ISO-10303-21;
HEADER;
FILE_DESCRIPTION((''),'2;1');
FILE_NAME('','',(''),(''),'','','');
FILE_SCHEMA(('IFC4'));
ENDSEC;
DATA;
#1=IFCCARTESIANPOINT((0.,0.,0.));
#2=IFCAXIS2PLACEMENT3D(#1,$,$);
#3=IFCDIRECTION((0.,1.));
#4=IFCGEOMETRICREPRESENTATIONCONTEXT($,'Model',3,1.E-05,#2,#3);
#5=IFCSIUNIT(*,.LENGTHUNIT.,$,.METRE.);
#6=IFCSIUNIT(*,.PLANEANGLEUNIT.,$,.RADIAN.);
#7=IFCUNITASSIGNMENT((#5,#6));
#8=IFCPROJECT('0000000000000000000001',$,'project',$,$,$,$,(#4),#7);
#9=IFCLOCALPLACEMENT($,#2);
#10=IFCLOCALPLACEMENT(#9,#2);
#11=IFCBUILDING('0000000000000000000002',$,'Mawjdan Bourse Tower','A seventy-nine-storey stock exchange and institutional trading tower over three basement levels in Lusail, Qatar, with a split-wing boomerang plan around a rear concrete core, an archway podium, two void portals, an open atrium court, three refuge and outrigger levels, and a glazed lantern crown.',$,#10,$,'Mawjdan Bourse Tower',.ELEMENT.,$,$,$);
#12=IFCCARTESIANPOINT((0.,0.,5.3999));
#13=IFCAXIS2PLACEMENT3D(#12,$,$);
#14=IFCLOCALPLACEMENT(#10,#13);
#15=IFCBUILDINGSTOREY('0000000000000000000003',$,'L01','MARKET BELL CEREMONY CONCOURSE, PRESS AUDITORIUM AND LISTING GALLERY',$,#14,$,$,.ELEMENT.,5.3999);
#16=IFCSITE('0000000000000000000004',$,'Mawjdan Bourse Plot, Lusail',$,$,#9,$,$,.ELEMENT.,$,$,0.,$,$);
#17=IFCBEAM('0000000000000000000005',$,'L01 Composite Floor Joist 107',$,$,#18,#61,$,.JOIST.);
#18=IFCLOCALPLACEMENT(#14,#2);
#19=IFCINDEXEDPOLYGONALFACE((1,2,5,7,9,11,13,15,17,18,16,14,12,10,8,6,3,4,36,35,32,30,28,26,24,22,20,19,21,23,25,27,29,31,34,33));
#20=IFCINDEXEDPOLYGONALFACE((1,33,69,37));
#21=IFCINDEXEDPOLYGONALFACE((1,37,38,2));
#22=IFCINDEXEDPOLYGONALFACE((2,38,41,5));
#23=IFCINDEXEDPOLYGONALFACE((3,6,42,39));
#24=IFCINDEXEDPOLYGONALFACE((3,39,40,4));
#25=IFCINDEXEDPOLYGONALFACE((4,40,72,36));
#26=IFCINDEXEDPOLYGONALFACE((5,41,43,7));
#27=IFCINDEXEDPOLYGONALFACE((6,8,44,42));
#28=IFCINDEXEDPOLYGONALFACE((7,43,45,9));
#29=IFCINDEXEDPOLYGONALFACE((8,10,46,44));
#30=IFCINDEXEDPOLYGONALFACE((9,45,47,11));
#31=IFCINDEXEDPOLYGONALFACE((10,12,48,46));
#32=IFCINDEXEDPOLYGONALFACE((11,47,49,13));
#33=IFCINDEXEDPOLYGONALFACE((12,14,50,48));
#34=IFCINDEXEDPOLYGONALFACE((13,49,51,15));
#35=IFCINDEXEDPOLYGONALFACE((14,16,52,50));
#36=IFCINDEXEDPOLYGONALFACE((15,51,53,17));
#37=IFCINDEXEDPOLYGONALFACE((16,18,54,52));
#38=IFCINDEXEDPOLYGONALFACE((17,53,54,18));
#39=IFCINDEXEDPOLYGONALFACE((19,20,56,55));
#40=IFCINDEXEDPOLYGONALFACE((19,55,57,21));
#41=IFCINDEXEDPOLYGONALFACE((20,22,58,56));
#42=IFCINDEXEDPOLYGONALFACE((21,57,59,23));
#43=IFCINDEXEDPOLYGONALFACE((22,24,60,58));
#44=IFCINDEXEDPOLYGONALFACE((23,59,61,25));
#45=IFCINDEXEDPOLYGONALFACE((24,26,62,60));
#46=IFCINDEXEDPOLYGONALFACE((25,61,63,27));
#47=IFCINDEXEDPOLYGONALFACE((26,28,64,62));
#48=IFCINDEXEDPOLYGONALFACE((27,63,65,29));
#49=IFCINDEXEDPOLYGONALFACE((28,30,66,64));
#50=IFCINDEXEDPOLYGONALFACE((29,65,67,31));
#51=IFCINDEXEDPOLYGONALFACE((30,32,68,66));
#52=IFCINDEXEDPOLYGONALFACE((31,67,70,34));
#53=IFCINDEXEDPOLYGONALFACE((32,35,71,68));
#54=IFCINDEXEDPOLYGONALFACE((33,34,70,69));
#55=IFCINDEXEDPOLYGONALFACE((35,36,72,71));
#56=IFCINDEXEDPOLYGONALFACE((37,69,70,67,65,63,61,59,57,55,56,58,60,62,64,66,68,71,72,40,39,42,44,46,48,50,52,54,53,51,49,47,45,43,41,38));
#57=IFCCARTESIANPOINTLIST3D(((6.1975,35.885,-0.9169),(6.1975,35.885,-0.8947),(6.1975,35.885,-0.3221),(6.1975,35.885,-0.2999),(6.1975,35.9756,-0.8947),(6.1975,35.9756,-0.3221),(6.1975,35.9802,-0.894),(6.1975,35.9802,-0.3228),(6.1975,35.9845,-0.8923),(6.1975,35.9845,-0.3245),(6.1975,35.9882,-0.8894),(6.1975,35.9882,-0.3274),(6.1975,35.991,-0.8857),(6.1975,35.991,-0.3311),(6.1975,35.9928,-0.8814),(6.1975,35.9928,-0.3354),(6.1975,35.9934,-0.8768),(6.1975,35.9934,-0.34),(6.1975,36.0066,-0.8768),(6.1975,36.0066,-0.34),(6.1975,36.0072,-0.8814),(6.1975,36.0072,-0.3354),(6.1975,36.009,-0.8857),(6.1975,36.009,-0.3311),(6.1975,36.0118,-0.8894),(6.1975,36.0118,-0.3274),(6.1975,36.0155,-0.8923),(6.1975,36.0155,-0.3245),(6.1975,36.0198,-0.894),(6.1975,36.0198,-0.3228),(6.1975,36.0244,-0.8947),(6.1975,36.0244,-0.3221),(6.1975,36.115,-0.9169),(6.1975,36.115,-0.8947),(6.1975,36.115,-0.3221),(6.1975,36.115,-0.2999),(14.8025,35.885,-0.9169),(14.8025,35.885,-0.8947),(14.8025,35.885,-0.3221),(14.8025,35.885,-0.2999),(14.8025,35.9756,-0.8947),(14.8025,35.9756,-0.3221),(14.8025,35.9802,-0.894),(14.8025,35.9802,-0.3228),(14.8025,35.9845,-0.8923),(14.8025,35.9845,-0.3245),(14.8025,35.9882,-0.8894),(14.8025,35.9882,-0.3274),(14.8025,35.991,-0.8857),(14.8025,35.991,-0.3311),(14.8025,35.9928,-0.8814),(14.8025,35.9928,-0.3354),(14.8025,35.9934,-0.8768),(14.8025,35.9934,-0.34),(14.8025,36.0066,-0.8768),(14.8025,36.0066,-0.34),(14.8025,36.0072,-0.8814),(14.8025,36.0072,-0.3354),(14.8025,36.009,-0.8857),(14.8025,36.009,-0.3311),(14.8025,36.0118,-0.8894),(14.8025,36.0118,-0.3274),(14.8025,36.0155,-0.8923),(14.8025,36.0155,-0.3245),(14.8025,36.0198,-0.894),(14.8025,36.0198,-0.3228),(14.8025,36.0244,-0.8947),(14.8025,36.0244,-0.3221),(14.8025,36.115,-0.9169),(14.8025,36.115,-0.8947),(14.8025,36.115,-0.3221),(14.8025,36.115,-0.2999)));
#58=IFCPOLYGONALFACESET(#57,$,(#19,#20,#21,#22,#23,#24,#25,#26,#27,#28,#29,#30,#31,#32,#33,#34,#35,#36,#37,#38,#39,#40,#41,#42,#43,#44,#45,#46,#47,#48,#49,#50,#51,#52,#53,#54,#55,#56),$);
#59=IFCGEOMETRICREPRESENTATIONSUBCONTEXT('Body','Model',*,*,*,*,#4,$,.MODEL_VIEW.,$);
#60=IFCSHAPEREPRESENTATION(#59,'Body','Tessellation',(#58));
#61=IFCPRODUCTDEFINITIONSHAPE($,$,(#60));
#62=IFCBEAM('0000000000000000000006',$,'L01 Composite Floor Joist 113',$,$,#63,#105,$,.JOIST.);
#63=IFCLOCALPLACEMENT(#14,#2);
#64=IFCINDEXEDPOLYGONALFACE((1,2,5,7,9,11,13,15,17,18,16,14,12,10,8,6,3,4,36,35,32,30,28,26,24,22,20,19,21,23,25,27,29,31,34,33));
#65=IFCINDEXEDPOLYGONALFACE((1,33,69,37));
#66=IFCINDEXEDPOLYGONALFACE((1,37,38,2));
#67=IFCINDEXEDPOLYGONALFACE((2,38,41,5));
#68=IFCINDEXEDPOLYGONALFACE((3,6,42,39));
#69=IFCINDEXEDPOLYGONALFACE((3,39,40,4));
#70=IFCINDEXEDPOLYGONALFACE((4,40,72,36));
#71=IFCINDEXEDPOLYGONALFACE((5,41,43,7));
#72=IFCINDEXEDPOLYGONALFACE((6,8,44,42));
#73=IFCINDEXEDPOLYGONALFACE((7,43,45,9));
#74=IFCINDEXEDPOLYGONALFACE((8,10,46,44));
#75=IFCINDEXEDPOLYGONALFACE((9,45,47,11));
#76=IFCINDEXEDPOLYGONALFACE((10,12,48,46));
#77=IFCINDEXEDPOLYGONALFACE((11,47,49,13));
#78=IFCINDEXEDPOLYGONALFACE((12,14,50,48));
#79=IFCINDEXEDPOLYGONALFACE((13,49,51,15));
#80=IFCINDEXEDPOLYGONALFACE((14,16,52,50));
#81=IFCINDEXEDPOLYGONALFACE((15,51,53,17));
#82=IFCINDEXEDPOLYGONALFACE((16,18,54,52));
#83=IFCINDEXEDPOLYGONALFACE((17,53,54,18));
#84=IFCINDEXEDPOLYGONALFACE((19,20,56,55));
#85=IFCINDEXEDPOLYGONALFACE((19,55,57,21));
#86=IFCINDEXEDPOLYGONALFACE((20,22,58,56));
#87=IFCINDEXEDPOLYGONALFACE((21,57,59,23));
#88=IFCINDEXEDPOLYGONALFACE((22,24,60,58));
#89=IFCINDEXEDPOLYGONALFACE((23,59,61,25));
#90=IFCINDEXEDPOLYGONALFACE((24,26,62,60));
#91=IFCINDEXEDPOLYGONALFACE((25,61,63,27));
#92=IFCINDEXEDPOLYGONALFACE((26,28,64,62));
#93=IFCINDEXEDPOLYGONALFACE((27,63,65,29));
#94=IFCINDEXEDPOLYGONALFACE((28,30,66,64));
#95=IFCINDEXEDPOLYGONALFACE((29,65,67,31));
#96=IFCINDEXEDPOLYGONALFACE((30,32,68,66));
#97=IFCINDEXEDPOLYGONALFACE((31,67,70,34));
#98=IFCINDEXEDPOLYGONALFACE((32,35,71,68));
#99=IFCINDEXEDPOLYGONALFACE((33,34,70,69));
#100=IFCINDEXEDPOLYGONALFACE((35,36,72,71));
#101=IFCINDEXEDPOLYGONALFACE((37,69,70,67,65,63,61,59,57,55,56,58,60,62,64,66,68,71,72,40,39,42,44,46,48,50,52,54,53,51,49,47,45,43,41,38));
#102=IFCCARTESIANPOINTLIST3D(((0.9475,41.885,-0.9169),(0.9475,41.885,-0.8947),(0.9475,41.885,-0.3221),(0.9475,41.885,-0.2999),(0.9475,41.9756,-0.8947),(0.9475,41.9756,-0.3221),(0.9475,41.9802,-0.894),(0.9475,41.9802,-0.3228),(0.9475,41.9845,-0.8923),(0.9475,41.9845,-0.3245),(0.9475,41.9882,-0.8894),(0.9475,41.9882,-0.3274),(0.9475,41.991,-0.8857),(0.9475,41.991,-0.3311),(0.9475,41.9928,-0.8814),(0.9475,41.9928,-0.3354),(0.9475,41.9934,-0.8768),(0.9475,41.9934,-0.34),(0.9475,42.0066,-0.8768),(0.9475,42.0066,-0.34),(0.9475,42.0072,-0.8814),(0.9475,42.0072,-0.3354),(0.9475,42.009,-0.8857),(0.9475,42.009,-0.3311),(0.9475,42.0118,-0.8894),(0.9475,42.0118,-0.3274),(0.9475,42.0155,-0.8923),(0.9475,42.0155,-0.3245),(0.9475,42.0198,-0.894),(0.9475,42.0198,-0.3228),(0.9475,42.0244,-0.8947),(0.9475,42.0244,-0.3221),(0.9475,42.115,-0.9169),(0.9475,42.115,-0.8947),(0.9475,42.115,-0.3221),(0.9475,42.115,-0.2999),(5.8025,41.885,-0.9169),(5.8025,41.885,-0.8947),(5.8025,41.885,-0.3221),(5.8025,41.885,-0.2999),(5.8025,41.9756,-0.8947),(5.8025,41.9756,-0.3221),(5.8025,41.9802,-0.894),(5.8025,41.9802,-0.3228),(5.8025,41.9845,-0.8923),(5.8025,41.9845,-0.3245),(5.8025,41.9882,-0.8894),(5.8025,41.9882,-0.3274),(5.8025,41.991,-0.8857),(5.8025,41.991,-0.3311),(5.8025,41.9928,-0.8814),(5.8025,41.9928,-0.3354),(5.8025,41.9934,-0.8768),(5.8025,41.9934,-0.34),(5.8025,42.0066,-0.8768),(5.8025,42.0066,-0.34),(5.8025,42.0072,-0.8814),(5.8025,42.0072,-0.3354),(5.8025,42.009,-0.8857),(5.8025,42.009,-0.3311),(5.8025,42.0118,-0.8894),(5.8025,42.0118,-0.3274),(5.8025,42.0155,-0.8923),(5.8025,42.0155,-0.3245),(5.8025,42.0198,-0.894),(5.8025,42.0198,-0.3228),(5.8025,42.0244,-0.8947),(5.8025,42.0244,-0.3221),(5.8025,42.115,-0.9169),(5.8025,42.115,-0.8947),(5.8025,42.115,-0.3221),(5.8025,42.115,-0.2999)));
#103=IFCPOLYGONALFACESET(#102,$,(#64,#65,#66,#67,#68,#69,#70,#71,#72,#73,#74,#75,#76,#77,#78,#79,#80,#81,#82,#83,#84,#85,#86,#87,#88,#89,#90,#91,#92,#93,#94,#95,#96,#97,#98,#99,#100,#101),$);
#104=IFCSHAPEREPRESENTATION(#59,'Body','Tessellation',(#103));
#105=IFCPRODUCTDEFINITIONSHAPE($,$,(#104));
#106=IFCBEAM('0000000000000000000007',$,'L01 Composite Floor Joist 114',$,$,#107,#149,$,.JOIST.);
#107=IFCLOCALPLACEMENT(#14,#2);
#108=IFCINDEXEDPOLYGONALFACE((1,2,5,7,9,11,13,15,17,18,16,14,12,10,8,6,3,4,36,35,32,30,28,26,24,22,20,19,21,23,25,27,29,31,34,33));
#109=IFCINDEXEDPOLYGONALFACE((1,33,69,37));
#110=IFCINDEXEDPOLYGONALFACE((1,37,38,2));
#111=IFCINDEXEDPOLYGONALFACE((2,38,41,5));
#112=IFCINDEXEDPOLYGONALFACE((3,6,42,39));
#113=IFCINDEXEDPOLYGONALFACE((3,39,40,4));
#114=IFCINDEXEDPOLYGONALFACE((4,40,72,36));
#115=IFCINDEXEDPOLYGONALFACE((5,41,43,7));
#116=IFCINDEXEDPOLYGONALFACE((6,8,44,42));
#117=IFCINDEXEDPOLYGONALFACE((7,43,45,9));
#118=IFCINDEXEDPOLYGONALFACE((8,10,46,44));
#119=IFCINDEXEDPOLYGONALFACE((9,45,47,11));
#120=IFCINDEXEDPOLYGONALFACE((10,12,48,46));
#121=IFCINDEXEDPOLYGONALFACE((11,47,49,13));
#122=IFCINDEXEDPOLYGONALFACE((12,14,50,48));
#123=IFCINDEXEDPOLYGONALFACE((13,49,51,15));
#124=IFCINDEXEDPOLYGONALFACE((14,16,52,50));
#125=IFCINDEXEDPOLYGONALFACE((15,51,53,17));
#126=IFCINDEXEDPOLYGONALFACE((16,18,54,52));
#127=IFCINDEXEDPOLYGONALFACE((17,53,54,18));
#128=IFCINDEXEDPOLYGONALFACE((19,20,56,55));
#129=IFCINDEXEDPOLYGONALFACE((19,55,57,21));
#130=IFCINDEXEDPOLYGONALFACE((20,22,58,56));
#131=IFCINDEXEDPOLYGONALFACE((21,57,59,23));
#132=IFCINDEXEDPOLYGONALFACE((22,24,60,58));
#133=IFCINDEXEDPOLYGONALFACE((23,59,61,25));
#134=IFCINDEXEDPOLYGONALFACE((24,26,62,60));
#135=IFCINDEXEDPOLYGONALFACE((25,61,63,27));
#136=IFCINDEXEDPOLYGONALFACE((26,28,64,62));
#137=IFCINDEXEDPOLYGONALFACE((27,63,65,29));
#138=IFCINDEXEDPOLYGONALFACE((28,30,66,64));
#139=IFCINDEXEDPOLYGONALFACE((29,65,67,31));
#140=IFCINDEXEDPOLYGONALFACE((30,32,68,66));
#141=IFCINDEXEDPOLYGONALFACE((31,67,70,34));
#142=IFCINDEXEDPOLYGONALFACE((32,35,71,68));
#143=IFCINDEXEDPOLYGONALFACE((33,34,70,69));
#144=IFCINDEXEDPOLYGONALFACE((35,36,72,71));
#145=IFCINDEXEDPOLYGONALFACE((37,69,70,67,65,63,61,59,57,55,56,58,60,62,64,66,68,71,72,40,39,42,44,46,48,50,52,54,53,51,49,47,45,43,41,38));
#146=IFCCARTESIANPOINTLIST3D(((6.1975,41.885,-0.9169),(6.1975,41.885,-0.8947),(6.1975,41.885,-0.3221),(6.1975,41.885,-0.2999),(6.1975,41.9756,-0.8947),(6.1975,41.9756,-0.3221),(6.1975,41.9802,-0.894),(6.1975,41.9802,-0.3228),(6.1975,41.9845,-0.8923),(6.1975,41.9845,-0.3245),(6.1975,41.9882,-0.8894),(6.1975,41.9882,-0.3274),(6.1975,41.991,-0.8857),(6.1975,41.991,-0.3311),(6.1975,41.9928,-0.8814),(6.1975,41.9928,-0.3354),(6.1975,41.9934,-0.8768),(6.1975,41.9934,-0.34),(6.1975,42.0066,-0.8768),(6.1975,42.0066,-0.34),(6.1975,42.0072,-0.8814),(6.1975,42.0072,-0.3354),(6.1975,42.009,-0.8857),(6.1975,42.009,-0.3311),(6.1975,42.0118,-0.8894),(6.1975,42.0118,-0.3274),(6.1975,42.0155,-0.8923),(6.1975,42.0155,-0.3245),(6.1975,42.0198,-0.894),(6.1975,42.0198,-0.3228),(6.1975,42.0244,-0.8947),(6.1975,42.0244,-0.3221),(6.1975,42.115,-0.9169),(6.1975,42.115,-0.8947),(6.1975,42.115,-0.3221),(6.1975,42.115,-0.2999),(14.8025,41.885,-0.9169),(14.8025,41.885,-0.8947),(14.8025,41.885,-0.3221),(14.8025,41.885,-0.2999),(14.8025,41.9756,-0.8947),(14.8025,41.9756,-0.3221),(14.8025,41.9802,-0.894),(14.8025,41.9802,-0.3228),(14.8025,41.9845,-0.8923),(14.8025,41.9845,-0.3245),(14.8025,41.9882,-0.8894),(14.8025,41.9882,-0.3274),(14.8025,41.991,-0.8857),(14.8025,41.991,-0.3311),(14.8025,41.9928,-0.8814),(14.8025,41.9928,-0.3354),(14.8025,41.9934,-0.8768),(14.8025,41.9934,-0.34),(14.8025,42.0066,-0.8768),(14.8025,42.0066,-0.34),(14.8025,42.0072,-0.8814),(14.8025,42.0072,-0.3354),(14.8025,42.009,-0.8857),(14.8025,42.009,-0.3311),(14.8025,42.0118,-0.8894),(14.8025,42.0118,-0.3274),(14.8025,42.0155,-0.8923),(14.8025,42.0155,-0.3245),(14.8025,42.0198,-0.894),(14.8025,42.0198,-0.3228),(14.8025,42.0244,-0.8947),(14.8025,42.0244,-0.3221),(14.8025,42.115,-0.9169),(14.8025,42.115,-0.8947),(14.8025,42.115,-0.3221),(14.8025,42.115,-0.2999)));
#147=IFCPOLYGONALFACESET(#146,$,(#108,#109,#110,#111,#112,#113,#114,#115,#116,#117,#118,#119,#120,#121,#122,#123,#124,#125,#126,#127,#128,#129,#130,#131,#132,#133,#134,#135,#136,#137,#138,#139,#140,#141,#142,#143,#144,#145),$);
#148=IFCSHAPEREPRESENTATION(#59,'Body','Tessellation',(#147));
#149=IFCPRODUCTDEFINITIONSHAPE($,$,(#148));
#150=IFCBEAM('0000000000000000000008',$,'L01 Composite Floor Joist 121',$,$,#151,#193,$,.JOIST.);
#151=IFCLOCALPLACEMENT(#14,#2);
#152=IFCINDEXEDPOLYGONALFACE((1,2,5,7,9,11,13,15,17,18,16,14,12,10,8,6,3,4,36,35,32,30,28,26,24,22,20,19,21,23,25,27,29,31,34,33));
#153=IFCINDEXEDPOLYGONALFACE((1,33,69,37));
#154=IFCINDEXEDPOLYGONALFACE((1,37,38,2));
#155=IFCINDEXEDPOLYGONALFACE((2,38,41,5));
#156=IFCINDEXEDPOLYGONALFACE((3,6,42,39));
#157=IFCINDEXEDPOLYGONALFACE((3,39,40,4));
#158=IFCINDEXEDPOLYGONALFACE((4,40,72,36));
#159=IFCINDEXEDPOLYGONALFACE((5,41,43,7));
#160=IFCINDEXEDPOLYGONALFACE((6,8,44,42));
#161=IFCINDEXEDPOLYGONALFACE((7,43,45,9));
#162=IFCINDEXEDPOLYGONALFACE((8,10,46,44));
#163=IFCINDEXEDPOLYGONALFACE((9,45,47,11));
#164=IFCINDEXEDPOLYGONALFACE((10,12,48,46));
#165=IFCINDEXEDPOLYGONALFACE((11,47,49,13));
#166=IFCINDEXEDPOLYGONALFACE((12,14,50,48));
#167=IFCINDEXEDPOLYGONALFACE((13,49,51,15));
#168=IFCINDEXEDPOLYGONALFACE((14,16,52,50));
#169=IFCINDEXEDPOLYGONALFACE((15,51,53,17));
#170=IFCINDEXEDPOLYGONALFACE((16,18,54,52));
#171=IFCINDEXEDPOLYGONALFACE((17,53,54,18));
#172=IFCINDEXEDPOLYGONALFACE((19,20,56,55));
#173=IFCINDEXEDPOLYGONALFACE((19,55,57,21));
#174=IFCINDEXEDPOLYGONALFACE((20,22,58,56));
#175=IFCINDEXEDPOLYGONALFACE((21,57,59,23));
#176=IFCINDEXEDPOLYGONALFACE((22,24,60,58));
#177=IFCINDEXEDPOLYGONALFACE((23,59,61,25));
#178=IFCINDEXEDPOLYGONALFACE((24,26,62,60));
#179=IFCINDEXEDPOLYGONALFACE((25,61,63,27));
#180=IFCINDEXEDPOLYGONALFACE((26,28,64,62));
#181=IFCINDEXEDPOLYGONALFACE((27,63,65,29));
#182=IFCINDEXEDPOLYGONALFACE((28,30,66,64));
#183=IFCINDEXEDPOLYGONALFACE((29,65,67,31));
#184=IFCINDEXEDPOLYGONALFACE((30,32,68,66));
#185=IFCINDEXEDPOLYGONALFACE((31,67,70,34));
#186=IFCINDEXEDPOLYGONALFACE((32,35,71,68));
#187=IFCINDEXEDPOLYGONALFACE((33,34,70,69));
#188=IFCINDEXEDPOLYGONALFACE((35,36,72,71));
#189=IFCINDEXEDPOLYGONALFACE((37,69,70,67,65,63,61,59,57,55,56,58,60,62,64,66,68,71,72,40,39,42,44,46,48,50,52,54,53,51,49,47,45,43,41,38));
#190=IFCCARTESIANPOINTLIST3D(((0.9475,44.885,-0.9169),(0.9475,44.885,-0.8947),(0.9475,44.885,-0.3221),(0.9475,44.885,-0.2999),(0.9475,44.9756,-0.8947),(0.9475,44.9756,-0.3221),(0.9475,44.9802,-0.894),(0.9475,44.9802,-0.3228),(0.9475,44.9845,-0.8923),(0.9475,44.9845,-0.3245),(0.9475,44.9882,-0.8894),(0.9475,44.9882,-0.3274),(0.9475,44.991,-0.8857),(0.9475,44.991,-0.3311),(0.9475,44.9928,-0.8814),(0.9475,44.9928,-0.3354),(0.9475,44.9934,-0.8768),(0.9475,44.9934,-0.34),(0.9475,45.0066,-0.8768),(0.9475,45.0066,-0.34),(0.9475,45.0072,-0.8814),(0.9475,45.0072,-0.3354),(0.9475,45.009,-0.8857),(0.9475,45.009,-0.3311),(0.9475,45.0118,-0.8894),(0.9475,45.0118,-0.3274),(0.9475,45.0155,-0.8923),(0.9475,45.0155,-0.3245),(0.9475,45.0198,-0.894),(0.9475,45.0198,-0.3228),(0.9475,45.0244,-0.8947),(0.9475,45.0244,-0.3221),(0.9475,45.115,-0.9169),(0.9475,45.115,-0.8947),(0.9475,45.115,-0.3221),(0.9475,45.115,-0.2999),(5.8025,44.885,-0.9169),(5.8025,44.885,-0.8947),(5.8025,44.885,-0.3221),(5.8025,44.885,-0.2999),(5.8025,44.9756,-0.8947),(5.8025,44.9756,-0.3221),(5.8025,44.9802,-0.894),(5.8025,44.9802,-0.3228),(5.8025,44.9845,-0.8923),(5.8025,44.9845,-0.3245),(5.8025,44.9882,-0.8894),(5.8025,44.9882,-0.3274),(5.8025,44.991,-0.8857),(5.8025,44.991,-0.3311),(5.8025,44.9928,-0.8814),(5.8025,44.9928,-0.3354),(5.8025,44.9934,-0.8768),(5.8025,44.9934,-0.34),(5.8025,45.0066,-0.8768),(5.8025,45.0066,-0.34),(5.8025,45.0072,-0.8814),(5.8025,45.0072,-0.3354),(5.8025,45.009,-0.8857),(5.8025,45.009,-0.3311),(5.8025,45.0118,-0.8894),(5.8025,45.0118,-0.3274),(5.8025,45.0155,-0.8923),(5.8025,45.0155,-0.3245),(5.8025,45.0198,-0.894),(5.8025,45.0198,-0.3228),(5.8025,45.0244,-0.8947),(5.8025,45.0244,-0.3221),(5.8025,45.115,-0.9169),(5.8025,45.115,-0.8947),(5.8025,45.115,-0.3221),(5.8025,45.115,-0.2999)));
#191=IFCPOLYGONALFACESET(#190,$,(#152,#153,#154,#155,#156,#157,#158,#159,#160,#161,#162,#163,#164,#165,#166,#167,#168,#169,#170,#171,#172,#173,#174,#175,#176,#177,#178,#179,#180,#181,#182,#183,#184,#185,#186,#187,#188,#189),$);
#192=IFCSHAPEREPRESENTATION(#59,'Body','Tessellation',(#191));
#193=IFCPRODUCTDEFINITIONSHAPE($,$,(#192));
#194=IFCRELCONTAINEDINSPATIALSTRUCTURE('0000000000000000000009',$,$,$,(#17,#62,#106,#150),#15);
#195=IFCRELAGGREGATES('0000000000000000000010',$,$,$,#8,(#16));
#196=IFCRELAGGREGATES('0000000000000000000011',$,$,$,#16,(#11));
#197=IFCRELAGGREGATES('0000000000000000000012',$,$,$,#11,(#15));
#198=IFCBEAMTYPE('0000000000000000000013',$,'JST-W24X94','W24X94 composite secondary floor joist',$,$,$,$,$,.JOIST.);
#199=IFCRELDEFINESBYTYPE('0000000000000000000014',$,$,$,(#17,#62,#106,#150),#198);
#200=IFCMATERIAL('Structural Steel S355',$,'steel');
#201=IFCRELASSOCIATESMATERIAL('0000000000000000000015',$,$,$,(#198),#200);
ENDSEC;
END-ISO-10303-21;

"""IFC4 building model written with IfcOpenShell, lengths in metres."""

from ifc_helpers import new_model, si_unit, direction, frame, origin, origin_2d, place, context, subcontext, project, spatial, i_section, extrude, material, material_profile, profile_set, type_object, element, save


model = new_model("IFC4")

# Units and contexts
model_context = context("Model", 3, precision=1e-05, world=origin(), true_north=direction((0.0, 1.0)))
body_context = subcontext(model_context, "Body", "Model", "MODEL_VIEW")
ifc_project = project(units=[si_unit("LENGTHUNIT", "METRE"), si_unit("PLANEANGLEUNIT", "RADIAN")], contexts=[model_context])

# Site, building, storey
site_placement = place(None, origin())
site = spatial("IfcSite", under=ifc_project, at=site_placement, Name="Mawjdan Bourse Plot, Lusail", CompositionType="ELEMENT", RefElevation=0.0)
building_placement = place(site_placement, origin())
building = spatial("IfcBuilding", under=site, at=building_placement, Name="Mawjdan Bourse Tower", Description="A seventy-nine-storey stock exchange and institutional trading tower over three basement levels in Lusail, Qatar, with a split-wing boomerang plan around a rear concrete core, an archway podium, two void portals, an open atrium court, three refuge and outrigger levels, and a glazed lantern crown.", LongName="Mawjdan Bourse Tower", CompositionType="ELEMENT")
storey_placement = place(building_placement, frame((0.0, 0.0, 5.3999)))
storey = spatial("IfcBuildingStorey", under=building, at=storey_placement, Name="L01", Description="MARKET BELL CEREMONY CONCOURSE, PRESS AUDITORIUM AND LISTING GALLERY", CompositionType="ELEMENT", Elevation=5.3999)

# Beams
ifc_material_1 = material(Name="Structural Steel S355", Category="steel")
ifc_material_profile_1 = material_profile(ifc_material_1, i_section(OverallWidth=0.23, OverallDepth=0.6169, WebThickness=0.0132, FlangeThickness=0.0222, FilletRadius=0.0178, at=origin_2d()), Name="W24X94")
ifc_profile_set_1 = profile_set([ifc_material_profile_1], Name="Structural Steel S355")
beam_type_1 = type_object("IfcBeamType", Name="JST-W24X94", Description="W24X94 composite secondary floor joist", PredefinedType="JOIST", material=ifc_profile_set_1)
beam_1_placement = place(storey_placement, frame((6.1975, 36.0, -0.6084), z_axis=(1.0, 0.0, 0.0), x_axis=(0.0, 1.0, 0.0)))
element("IfcBeam", 1, at=beam_1_placement, inside=storey, type_object=beam_type_1, Name="L01 Composite Floor Joist 107", PredefinedType="JOIST", context=body_context, shape_type="SweptSolid", body=[
    extrude(i_section(OverallWidth=0.23, OverallDepth=0.6169, WebThickness=0.0132, FlangeThickness=0.0222, FilletRadius=0.0178, at=origin_2d()), origin(), (0.0, 0.0, 1.0), 8.605),
])
beam_2_placement = place(storey_placement, frame((0.9475, 42.0, -0.6084), z_axis=(1.0, 0.0, 0.0), x_axis=(0.0, 1.0, 0.0)))
element("IfcBeam", 2, at=beam_2_placement, inside=storey, type_object=beam_type_1, Name="L01 Composite Floor Joist 113", PredefinedType="JOIST", context=body_context, shape_type="SweptSolid", body=[
    extrude(i_section(OverallWidth=0.23, OverallDepth=0.6169, WebThickness=0.0132, FlangeThickness=0.0222, FilletRadius=0.0178, at=origin_2d()), origin(), (0.0, 0.0, 1.0), 4.855),
])
beam_3_placement = place(storey_placement, frame((6.1975, 42.0, -0.6084), z_axis=(1.0, 0.0, 0.0), x_axis=(0.0, 1.0, 0.0)))
element("IfcBeam", 3, at=beam_3_placement, inside=storey, type_object=beam_type_1, Name="L01 Composite Floor Joist 114", PredefinedType="JOIST", context=body_context, shape_type="SweptSolid", body=[
    extrude(i_section(OverallWidth=0.23, OverallDepth=0.6169, WebThickness=0.0132, FlangeThickness=0.0222, FilletRadius=0.0178, at=origin_2d()), origin(), (0.0, 0.0, 1.0), 8.605),
])
beam_4_placement = place(storey_placement, frame((0.9475, 45.0, -0.6084), z_axis=(1.0, 0.0, 0.0), x_axis=(0.0, 1.0, 0.0)))
element("IfcBeam", 4, at=beam_4_placement, inside=storey, type_object=beam_type_1, Name="L01 Composite Floor Joist 121", PredefinedType="JOIST", context=body_context, shape_type="SweptSolid", body=[
    extrude(i_section(OverallWidth=0.23, OverallDepth=0.6169, WebThickness=0.0132, FlangeThickness=0.0222, FilletRadius=0.0178, at=origin_2d()), origin(), (0.0, 0.0, 1.0), 4.855),
])

save(model, "model.ifc")
